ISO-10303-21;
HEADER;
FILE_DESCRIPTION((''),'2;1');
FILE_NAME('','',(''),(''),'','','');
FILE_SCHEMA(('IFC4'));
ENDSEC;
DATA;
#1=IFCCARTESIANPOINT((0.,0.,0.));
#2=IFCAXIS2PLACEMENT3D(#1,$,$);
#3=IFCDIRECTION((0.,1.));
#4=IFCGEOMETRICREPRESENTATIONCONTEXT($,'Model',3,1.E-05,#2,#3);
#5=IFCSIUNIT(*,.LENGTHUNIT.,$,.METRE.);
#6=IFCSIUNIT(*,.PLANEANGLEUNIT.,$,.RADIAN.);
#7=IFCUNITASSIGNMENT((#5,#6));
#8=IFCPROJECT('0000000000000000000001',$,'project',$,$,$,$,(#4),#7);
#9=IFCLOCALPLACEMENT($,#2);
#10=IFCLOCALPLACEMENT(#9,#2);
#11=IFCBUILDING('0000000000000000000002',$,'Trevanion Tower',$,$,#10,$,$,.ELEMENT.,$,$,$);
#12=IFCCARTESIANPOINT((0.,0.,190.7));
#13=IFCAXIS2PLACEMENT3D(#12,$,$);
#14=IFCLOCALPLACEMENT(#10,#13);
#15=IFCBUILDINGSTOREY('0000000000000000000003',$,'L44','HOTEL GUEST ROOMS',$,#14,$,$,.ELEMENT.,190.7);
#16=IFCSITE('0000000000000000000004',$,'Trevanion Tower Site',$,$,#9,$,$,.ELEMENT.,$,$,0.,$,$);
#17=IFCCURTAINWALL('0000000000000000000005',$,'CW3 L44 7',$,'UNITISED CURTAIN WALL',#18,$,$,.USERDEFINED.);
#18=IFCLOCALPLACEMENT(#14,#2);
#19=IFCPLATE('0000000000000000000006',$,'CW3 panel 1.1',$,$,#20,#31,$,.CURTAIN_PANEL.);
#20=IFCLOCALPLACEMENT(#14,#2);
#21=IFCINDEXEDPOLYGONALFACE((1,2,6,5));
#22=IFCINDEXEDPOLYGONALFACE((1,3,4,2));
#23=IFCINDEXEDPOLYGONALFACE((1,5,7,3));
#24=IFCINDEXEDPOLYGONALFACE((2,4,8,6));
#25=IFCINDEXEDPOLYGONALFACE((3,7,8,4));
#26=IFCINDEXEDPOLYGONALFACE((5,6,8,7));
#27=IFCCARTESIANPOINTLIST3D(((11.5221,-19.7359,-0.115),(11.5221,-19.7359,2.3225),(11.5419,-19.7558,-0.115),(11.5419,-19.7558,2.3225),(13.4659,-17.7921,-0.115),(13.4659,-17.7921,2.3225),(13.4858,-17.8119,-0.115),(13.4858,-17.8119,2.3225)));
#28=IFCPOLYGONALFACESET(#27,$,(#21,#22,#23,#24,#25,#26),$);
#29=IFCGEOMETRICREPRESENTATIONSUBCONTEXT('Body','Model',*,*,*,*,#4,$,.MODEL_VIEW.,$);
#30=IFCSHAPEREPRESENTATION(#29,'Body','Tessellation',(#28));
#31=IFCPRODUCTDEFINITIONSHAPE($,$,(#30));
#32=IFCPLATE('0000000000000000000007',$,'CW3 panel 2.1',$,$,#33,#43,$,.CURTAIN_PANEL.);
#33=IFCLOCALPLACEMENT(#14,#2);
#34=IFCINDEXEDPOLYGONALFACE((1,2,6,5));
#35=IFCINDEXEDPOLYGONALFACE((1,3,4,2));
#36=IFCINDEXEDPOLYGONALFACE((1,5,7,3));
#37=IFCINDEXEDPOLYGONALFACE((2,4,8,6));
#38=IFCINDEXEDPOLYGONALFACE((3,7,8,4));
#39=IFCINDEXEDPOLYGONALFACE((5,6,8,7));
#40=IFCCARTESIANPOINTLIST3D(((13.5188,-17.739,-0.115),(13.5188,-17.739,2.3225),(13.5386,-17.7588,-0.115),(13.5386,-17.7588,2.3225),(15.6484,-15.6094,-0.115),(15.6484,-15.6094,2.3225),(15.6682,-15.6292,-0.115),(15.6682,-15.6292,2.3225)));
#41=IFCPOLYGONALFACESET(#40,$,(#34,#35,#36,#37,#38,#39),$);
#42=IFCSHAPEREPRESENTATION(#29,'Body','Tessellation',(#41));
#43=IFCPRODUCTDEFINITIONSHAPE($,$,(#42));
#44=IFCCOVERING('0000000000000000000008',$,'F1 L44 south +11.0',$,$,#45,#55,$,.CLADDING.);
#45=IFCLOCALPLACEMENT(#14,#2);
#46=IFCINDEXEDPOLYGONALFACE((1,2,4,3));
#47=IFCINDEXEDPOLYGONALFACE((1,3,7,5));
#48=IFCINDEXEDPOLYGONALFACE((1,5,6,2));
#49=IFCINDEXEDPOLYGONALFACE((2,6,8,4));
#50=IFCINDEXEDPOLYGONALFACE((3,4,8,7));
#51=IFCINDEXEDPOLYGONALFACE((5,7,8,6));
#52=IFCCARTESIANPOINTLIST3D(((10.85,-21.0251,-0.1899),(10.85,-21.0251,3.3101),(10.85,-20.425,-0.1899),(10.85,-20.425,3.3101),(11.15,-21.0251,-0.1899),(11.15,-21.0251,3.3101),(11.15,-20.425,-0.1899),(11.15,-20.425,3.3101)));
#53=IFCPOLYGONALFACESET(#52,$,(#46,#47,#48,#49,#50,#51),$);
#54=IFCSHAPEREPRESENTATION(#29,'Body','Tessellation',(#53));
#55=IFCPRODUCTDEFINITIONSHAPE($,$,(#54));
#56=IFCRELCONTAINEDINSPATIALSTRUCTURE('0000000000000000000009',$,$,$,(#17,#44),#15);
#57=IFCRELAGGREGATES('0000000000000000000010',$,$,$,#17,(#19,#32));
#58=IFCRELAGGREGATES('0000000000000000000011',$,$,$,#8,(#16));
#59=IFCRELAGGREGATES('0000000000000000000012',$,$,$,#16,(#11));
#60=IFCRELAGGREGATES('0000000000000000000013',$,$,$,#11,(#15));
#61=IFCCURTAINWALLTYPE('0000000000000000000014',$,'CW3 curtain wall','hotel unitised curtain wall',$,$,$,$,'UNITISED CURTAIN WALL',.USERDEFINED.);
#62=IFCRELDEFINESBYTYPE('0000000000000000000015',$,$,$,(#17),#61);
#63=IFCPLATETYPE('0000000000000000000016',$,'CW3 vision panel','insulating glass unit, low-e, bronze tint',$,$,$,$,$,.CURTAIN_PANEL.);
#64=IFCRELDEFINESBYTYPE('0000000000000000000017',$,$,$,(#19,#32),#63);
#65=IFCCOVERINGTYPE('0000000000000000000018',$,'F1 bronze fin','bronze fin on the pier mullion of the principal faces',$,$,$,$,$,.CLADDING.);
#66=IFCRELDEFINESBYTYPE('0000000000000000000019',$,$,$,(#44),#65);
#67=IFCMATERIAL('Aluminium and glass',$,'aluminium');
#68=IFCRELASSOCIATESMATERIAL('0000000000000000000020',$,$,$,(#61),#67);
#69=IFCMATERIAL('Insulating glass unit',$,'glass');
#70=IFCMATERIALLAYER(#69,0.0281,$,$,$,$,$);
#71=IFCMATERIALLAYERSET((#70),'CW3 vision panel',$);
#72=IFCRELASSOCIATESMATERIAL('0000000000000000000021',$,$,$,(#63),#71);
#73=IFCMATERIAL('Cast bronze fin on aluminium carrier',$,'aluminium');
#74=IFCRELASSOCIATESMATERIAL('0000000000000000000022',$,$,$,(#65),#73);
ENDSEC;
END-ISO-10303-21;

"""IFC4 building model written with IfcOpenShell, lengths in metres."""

from ifc_helpers import new_model, si_unit, direction, frame, origin, origin_2d, place, context, subcontext, project, spatial, rectangle, extrude, material, layer, layer_set, type_object, element, aggregate, save


model = new_model("IFC4")

# Units and contexts
model_context = context("Model", 3, precision=1e-05, world=origin(), true_north=direction((0.0, 1.0)))
body_context = subcontext(model_context, "Body", "Model", "MODEL_VIEW")
ifc_project = project(units=[si_unit("LENGTHUNIT", "METRE"), si_unit("PLANEANGLEUNIT", "RADIAN")], contexts=[model_context])

# Site, building, storey
site_placement = place(None, origin())
site = spatial("IfcSite", under=ifc_project, at=site_placement, Name="Trevanion Tower Site", CompositionType="ELEMENT", RefElevation=0.0)
building_placement = place(site_placement, origin())
building = spatial("IfcBuilding", under=site, at=building_placement, Name="Trevanion Tower", CompositionType="ELEMENT")
storey_placement = place(building_placement, frame((0.0, 0.0, 190.7)))
storey = spatial("IfcBuildingStorey", under=building, at=storey_placement, Name="L44", Description="HOTEL GUEST ROOMS", CompositionType="ELEMENT", Elevation=190.7)

# Curtain wall
ifc_material_1 = material(Name="Aluminium and glass", Category="aluminium")
curtain_wall_type = type_object("IfcCurtainWallType", Name="CW3 curtain wall", Description="hotel unitised curtain wall", ElementType="UNITISED CURTAIN WALL", PredefinedType="USERDEFINED", material=ifc_material_1)
curtain_wall_1_placement = place(storey_placement, origin())
curtain_wall_1 = element("IfcCurtainWall", 1, at=curtain_wall_1_placement, inside=storey, type_object=curtain_wall_type, Name="CW3 L44 7", ObjectType="UNITISED CURTAIN WALL", PredefinedType="USERDEFINED")

# Plates
ifc_material_2 = material(Name="Insulating glass unit", Category="glass")
ifc_layer_1 = layer(ifc_material_2, 0.0281)
ifc_layer_set_1 = layer_set([ifc_layer_1], Name="CW3 vision panel")
plate_type_1 = type_object("IfcPlateType", Name="CW3 vision panel", Description="insulating glass unit, low-e, bronze tint", PredefinedType="CURTAIN_PANEL", material=ifc_layer_set_1)
plate_1_placement = place(storey_placement, frame((12.5039, -18.7739, -0.115), z_axis=(0.0, 0.0, 1.0), x_axis=(0.707107, 0.707107, 0.0)))
plate_1 = element("IfcPlate", 2, at=plate_1_placement, type_object=plate_type_1, Name="CW3 panel 1.1", PredefinedType="CURTAIN_PANEL", context=body_context, shape_type="SweptSolid", body=[
    extrude(rectangle(XDim=2.749, YDim=0.0281, at=origin_2d()), origin(), (0.0, 0.0, 1.0), 2.4375),
])
plate_2_placement = place(storey_placement, frame((14.5935, -16.6841, -0.115), z_axis=(0.0, 0.0, 1.0), x_axis=(0.707107, 0.707107, 0.0)))
plate_2 = element("IfcPlate", 3, at=plate_2_placement, type_object=plate_type_1, Name="CW3 panel 2.1", PredefinedType="CURTAIN_PANEL", context=body_context, shape_type="SweptSolid", body=[
    extrude(rectangle(XDim=3.0117, YDim=0.0281, at=origin_2d()), origin(), (0.0, 0.0, 1.0), 2.4375),
])
aggregate(curtain_wall_1, [plate_1, plate_2])

# Covering
ifc_material_3 = material(Name="Cast bronze fin on aluminium carrier", Category="aluminium")
covering_type = type_object("IfcCoveringType", Name="F1 bronze fin", Description="bronze fin on the pier mullion of the principal faces", PredefinedType="CLADDING", material=ifc_material_3)
covering_placement = place(storey_placement, frame((11.0, -20.7251, -0.1899), z_axis=(0.0, 0.0, 1.0), x_axis=(1.0, 0.0, 0.0)))
element("IfcCovering", 4, at=covering_placement, inside=storey, type_object=covering_type, Name="F1 L44 south +11.0", PredefinedType="CLADDING", context=body_context, shape_type="SweptSolid", body=[
    extrude(rectangle(XDim=0.3, YDim=0.6001, at=origin_2d()), origin(), (0.0, 0.0, 1.0), 3.5),
])

save(model, "model.ifc")
